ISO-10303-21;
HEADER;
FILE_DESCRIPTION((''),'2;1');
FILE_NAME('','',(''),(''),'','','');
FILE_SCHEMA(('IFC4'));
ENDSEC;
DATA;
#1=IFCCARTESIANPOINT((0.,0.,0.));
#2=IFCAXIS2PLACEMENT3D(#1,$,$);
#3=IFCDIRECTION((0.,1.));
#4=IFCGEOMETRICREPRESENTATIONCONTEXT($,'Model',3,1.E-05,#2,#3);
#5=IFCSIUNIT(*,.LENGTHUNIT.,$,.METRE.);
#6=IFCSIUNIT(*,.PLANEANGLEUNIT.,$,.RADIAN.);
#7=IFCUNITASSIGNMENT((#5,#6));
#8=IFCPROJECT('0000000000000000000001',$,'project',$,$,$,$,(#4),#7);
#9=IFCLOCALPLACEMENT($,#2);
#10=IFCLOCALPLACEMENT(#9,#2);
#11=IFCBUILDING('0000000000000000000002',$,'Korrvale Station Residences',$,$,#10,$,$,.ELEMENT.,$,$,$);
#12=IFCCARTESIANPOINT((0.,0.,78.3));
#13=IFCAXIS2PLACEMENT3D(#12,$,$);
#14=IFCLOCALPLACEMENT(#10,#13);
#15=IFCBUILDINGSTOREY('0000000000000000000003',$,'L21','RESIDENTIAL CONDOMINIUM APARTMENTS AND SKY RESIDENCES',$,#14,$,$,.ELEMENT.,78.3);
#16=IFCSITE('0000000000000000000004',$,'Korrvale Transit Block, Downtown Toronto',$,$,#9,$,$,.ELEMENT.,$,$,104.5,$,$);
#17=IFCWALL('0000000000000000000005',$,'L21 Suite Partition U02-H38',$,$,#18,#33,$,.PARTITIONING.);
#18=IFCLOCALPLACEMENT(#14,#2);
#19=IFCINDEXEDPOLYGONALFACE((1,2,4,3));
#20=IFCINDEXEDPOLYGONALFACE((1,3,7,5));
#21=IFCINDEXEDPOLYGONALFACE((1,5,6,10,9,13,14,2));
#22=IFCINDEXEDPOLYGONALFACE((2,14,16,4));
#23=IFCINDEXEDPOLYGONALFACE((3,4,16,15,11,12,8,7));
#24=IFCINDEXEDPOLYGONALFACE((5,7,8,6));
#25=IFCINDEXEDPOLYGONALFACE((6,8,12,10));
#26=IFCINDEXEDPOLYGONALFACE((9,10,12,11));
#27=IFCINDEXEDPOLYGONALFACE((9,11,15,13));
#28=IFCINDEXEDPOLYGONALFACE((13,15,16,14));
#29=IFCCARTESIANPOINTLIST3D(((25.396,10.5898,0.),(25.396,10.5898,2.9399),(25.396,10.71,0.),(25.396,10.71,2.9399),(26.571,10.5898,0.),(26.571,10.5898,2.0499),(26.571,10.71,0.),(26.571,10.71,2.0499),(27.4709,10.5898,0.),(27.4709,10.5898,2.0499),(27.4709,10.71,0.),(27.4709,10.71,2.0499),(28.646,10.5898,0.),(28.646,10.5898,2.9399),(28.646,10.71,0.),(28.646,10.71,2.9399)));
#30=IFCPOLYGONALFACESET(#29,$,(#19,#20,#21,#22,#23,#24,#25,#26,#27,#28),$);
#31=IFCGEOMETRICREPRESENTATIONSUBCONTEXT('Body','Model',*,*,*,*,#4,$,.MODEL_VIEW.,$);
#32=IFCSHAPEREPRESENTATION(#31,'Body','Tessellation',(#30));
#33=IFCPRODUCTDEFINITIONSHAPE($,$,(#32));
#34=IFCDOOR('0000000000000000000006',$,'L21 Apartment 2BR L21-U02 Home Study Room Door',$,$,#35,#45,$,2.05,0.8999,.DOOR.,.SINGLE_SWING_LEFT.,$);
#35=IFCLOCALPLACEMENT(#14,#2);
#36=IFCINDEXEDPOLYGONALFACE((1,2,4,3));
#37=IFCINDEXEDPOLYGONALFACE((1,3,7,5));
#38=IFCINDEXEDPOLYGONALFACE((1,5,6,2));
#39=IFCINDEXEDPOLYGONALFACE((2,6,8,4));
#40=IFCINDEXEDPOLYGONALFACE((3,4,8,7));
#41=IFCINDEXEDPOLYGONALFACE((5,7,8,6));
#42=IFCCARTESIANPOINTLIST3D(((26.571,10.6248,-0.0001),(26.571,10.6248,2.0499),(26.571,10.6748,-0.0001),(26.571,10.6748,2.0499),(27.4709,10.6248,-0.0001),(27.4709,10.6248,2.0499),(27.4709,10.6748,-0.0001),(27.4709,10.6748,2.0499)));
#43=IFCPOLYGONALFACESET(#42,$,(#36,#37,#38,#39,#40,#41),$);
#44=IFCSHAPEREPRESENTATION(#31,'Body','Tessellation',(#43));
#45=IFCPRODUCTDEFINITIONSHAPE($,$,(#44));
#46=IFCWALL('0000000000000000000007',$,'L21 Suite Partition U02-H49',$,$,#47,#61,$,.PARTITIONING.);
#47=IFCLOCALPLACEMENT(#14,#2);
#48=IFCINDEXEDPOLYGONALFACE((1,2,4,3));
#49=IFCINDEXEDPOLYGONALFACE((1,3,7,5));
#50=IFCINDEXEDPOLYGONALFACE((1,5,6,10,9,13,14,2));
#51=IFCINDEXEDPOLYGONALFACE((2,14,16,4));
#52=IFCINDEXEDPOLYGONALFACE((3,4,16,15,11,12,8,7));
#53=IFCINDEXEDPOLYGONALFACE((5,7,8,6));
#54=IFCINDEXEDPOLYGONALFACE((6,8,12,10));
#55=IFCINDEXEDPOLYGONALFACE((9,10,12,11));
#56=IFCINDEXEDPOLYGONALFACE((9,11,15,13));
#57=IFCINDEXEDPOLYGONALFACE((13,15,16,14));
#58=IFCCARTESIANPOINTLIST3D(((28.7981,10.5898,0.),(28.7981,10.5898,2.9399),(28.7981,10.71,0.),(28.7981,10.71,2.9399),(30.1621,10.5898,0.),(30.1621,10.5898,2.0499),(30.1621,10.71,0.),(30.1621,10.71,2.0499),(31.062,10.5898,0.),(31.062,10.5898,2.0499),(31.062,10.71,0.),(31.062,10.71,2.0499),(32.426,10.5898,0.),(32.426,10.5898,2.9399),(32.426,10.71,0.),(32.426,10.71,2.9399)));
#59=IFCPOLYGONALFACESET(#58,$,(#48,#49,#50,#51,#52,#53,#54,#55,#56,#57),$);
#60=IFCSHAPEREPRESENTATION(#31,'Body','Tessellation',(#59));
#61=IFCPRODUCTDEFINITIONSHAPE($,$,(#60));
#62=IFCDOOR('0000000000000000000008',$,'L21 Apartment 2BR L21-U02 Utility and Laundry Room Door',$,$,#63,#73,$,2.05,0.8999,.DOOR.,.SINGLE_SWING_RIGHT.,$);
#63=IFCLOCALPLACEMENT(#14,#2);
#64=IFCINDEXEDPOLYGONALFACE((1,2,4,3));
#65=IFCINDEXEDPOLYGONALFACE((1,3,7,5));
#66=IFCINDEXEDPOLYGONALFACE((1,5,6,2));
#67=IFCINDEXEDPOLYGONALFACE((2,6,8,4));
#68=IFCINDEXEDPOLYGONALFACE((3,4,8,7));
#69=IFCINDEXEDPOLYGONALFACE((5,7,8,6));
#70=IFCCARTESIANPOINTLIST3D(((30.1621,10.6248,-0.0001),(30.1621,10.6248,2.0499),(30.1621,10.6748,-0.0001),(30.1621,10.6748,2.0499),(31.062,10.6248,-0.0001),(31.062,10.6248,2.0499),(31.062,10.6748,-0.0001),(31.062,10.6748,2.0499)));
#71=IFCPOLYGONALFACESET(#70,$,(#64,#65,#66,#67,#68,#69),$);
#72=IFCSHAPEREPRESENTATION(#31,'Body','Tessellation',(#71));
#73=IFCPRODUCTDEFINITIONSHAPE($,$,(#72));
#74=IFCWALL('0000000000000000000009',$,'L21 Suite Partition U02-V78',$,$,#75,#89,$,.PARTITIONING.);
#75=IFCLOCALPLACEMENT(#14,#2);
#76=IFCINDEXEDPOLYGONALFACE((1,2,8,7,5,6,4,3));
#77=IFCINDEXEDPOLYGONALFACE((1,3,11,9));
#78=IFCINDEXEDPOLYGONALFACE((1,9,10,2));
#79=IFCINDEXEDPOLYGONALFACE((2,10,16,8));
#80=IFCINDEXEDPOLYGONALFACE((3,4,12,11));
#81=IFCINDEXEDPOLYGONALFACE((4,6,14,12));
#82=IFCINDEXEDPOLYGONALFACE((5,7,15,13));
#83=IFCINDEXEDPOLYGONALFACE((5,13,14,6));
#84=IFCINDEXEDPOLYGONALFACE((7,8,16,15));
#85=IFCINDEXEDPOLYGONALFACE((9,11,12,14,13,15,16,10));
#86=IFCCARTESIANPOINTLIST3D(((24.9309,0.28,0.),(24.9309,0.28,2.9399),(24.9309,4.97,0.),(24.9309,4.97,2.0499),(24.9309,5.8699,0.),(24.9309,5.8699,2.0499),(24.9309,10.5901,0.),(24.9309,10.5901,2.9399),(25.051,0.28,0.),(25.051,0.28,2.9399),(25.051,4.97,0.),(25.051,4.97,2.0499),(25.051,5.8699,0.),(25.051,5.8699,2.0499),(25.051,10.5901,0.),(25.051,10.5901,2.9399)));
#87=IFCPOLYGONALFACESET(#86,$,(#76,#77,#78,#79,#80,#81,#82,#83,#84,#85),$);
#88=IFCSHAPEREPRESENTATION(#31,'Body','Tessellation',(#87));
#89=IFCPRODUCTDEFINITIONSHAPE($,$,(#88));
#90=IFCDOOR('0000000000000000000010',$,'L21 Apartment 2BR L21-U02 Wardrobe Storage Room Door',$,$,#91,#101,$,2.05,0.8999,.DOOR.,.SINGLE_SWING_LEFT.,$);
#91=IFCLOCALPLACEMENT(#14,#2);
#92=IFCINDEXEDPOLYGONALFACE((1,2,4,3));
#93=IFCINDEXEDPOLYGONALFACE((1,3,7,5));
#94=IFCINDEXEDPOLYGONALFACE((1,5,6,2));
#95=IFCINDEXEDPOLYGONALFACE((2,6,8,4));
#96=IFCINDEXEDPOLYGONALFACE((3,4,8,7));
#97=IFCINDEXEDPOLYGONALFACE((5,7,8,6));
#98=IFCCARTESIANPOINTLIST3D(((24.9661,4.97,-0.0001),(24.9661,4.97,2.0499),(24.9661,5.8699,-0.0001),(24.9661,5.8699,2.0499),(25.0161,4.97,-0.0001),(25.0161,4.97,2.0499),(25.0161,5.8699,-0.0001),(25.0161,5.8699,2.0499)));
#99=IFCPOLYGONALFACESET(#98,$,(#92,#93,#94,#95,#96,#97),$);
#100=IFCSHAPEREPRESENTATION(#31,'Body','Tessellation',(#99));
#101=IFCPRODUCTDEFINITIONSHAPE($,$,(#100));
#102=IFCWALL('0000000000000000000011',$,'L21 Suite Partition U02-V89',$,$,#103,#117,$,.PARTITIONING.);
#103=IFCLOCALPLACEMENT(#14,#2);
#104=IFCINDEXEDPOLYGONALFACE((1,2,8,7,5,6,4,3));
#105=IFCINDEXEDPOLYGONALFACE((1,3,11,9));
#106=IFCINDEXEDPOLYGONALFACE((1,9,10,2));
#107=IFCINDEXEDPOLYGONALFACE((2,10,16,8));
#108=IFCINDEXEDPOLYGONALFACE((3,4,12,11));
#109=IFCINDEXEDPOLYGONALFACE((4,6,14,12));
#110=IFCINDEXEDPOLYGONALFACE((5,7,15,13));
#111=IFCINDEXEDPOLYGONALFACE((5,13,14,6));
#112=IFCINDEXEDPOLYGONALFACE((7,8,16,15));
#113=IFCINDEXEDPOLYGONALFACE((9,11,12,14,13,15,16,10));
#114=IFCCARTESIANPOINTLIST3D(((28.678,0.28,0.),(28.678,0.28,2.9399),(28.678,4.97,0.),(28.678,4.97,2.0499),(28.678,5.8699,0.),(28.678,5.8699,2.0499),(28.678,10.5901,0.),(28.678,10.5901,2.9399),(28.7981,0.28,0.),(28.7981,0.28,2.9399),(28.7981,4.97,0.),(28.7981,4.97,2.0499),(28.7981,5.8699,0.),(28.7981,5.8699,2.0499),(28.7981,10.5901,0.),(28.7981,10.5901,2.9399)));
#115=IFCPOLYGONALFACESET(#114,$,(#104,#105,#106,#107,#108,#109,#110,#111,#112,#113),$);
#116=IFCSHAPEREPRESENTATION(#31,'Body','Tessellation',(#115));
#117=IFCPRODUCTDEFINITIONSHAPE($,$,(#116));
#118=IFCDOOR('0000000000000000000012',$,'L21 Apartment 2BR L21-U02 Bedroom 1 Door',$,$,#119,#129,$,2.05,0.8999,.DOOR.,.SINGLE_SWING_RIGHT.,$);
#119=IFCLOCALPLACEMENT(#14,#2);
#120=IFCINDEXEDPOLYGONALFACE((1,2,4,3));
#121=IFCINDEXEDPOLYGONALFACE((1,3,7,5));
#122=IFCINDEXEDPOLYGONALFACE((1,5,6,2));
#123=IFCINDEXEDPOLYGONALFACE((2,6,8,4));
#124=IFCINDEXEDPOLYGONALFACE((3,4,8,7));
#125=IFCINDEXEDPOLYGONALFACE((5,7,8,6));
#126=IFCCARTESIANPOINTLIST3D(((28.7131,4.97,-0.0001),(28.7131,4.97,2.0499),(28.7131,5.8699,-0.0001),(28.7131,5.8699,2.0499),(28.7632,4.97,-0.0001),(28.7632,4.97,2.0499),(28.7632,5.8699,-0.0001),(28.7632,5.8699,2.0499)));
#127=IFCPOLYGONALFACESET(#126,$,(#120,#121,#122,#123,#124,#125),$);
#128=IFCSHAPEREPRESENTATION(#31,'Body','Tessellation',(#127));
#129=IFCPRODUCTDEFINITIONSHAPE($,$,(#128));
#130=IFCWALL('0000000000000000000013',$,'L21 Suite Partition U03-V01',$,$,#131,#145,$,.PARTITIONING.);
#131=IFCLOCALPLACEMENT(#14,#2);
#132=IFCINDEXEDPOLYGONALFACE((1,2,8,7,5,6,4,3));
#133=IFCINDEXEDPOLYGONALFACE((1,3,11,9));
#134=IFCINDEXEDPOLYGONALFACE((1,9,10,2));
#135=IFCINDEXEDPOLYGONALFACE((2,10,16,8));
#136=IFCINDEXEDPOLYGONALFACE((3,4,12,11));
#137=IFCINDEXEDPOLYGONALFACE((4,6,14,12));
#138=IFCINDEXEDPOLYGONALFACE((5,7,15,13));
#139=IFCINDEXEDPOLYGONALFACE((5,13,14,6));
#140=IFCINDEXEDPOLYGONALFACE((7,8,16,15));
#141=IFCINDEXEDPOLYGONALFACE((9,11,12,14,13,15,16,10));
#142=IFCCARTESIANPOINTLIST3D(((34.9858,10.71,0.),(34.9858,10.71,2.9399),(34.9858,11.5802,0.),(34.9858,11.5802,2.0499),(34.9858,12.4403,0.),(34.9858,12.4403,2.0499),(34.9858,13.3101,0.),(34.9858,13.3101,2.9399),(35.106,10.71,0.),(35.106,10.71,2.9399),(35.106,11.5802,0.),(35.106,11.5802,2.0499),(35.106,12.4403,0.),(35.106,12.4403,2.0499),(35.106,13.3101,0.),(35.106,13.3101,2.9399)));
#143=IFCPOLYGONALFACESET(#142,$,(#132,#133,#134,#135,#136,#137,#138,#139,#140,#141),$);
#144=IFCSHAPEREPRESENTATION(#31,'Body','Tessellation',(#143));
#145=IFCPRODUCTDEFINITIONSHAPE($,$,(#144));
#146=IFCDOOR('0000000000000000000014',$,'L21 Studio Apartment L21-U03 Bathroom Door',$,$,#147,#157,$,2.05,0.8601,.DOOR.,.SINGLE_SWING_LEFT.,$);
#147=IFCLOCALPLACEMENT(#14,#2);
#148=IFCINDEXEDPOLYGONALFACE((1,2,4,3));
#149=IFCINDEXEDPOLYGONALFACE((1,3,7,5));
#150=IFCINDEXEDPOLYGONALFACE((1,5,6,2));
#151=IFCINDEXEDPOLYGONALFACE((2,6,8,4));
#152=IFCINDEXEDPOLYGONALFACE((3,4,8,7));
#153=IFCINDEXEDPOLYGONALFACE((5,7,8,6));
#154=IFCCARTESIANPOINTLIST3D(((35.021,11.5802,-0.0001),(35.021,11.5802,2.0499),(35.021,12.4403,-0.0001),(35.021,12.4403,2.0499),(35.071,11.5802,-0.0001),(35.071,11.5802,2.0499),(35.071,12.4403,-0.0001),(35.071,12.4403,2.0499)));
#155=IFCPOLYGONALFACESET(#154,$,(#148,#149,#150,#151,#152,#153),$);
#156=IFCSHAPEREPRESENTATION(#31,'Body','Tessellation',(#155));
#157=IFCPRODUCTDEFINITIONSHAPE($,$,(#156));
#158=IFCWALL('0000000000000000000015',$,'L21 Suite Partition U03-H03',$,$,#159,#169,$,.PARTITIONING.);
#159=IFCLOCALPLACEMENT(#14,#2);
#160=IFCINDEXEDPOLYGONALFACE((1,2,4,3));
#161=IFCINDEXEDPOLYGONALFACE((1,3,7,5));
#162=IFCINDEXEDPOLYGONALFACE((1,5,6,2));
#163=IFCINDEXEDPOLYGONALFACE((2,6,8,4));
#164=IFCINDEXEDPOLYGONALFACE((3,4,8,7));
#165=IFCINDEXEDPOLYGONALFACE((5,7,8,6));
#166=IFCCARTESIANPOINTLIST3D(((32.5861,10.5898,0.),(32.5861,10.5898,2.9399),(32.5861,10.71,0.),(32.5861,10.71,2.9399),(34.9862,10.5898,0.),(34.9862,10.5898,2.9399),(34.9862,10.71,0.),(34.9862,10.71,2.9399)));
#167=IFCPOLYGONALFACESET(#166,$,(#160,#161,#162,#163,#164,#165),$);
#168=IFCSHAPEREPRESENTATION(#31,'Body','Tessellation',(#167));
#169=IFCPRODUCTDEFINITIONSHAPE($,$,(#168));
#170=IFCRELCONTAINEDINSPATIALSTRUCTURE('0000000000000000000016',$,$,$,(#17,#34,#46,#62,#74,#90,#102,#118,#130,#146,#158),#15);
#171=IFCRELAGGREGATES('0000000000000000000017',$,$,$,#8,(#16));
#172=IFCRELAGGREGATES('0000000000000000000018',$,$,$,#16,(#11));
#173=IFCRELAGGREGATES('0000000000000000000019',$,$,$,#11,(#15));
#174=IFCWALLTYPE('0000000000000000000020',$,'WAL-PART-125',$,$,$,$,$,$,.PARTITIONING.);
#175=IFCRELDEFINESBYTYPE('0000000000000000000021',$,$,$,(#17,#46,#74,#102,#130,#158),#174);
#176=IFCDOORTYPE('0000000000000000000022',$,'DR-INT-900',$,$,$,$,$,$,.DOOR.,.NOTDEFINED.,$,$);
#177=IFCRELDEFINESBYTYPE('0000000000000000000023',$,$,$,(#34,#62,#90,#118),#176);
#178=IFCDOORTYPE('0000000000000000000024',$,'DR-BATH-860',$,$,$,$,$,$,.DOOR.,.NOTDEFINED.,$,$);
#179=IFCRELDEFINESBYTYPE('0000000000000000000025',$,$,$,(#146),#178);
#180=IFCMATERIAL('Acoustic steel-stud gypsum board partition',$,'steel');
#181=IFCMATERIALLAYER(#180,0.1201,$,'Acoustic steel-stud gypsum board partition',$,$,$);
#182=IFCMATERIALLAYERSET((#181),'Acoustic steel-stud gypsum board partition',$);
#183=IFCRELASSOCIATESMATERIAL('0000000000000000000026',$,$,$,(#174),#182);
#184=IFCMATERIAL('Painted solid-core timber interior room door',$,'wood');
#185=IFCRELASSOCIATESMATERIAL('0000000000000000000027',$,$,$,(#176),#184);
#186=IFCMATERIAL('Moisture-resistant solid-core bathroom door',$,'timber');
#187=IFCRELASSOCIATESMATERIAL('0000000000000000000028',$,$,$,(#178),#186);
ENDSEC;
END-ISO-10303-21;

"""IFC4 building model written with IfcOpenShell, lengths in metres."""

from ifc_helpers import new_model, si_unit, direction, frame, frame_2d, origin, place, context, subcontext, project, spatial, rectangle, extrude, material, layer, layer_set, type_object, element, fill, save


model = new_model("IFC4")

# Units and contexts
model_context = context("Model", 3, precision=1e-05, world=origin(), true_north=direction((0.0, 1.0)))
body_context = subcontext(model_context, "Body", "Model", "MODEL_VIEW")
ifc_project = project(units=[si_unit("LENGTHUNIT", "METRE"), si_unit("PLANEANGLEUNIT", "RADIAN")], contexts=[model_context])

# Site, building, storey
site_placement = place(None, origin())
site = spatial("IfcSite", under=ifc_project, at=site_placement, Name="Korrvale Transit Block, Downtown Toronto", CompositionType="ELEMENT", RefElevation=104.5)
building_placement = place(site_placement, origin())
building = spatial("IfcBuilding", under=site, at=building_placement, Name="Korrvale Station Residences", CompositionType="ELEMENT")
storey_placement = place(building_placement, frame((0.0, 0.0, 78.3)))
storey = spatial("IfcBuildingStorey", under=building, at=storey_placement, Name="L21", Description="RESIDENTIAL CONDOMINIUM APARTMENTS AND SKY RESIDENCES", CompositionType="ELEMENT", Elevation=78.3)

# Walls, openings, doors
ifc_material_1 = material(Name="Acoustic steel-stud gypsum board partition", Category="steel")
ifc_layer_1 = layer(ifc_material_1, 0.1201, Name="Acoustic steel-stud gypsum board partition")
ifc_layer_set_1 = layer_set([ifc_layer_1], Name="Acoustic steel-stud gypsum board partition")
wall_type_1 = type_object("IfcWallType", Name="WAL-PART-125", PredefinedType="PARTITIONING", material=ifc_layer_set_1)
ifc_material_2 = material(Name="Painted solid-core timber interior room door", Category="wood")
door_type_1 = type_object("IfcDoorType", Name="DR-INT-900", OperationType="NOTDEFINED", PredefinedType="DOOR", material=ifc_material_2)
wall_1_placement = place(storey_placement, frame((25.396, 10.6499, 0.0), z_axis=(0.0, 0.0, 1.0), x_axis=(1.0, 0.0, 0.0)))
wall_1 = element("IfcWall", 1, at=wall_1_placement, inside=storey, type_object=wall_type_1, Name="L21 Suite Partition U02-H38", PredefinedType="PARTITIONING", context=body_context, shape_type="SweptSolid", body=[
    extrude(rectangle(XDim=3.25, YDim=0.1201, at=frame_2d((1.625, 0.0))), origin(), (0.0, 0.0, 1.0), 2.9399),
])
opening_1_placement = place(wall_1_placement, frame((1.175, 0.0, 0.0)))
opening_1 = element("IfcOpeningElement", 2, at=opening_1_placement, cuts=wall_1, PredefinedType="OPENING", context=body_context, shape_type="SweptSolid", body=[
    extrude(rectangle(XDim=0.8999, YDim=2.05, at=frame_2d((0.45, 1.0249))), frame((0.0, 0.0701, 0.0), z_axis=(0.0, -1.0, 0.0), x_axis=(1.0, 0.0, 0.0)), (0.0, 0.0, 1.0), 0.1401),
])
door_1_placement = place(opening_1_placement, origin())
door_1 = element("IfcDoor", 3, at=door_1_placement, inside=storey, type_object=door_type_1, Name="L21 Apartment 2BR L21-U02 Home Study Room Door", OperationType="SINGLE_SWING_LEFT", OverallHeight=2.05, OverallWidth=0.8999, PredefinedType="DOOR", context=body_context, shape_type="SweptSolid", body=[
    extrude(rectangle(XDim=0.8999, YDim=2.05, at=frame_2d((0.45, 1.0249))), frame((0.0, 0.0249, 0.0), z_axis=(0.0, -1.0, 0.0), x_axis=(1.0, 0.0, 0.0)), (0.0, 0.0, 1.0), 0.05),
])
fill(opening_1, door_1)
wall_2_placement = place(storey_placement, frame((28.7981, 10.6499, 0.0), z_axis=(0.0, 0.0, 1.0), x_axis=(1.0, 0.0, 0.0)))
wall_2 = element("IfcWall", 4, at=wall_2_placement, inside=storey, type_object=wall_type_1, Name="L21 Suite Partition U02-H49", PredefinedType="PARTITIONING", context=body_context, shape_type="SweptSolid", body=[
    extrude(rectangle(XDim=3.6279, YDim=0.1201, at=frame_2d((1.814, 0.0))), origin(), (0.0, 0.0, 1.0), 2.9399),
])
opening_2_placement = place(wall_2_placement, frame((1.364, 0.0, 0.0)))
opening_2 = element("IfcOpeningElement", 5, at=opening_2_placement, cuts=wall_2, PredefinedType="OPENING", context=body_context, shape_type="SweptSolid", body=[
    extrude(rectangle(XDim=0.8999, YDim=2.05, at=frame_2d((0.45, 1.0249))), frame((0.0, 0.0701, 0.0), z_axis=(0.0, -1.0, 0.0), x_axis=(1.0, 0.0, 0.0)), (0.0, 0.0, 1.0), 0.1401),
])
door_2_placement = place(opening_2_placement, origin())
door_2 = element("IfcDoor", 6, at=door_2_placement, inside=storey, type_object=door_type_1, Name="L21 Apartment 2BR L21-U02 Utility and Laundry Room Door", OperationType="SINGLE_SWING_RIGHT", OverallHeight=2.05, OverallWidth=0.8999, PredefinedType="DOOR", context=body_context, shape_type="SweptSolid", body=[
    extrude(rectangle(XDim=0.8999, YDim=2.05, at=frame_2d((0.45, 1.0249))), frame((0.0, 0.0249, 0.0), z_axis=(0.0, -1.0, 0.0), x_axis=(1.0, 0.0, 0.0)), (0.0, 0.0, 1.0), 0.05),
])
fill(opening_2, door_2)
wall_3_placement = place(storey_placement, frame((24.991, 0.28, 0.0), z_axis=(0.0, 0.0, 1.0), x_axis=(0.0, 1.0, 0.0)))
wall_3 = element("IfcWall", 7, at=wall_3_placement, inside=storey, type_object=wall_type_1, Name="L21 Suite Partition U02-V78", PredefinedType="PARTITIONING", context=body_context, shape_type="SweptSolid", body=[
    extrude(rectangle(XDim=10.3101, YDim=0.1201, at=frame_2d((5.155, 0.0))), origin(), (0.0, 0.0, 1.0), 2.9399),
])
opening_3_placement = place(wall_3_placement, frame((4.6899, 0.0, 0.0)))
opening_3 = element("IfcOpeningElement", 8, at=opening_3_placement, cuts=wall_3, PredefinedType="OPENING", context=body_context, shape_type="SweptSolid", body=[
    extrude(rectangle(XDim=0.8999, YDim=2.05, at=frame_2d((0.45, 1.0249))), frame((0.0, 0.0701, 0.0), z_axis=(0.0, -1.0, 0.0), x_axis=(1.0, 0.0, 0.0)), (0.0, 0.0, 1.0), 0.1401),
])
door_3_placement = place(opening_3_placement, origin())
door_3 = element("IfcDoor", 9, at=door_3_placement, inside=storey, type_object=door_type_1, Name="L21 Apartment 2BR L21-U02 Wardrobe Storage Room Door", OperationType="SINGLE_SWING_LEFT", OverallHeight=2.05, OverallWidth=0.8999, PredefinedType="DOOR", context=body_context, shape_type="SweptSolid", body=[
    extrude(rectangle(XDim=0.8999, YDim=2.05, at=frame_2d((0.45, 1.0249))), frame((0.0, 0.0249, 0.0), z_axis=(0.0, -1.0, 0.0), x_axis=(1.0, 0.0, 0.0)), (0.0, 0.0, 1.0), 0.05),
])
fill(opening_3, door_3)
wall_4_placement = place(storey_placement, frame((28.738, 0.28, 0.0), z_axis=(0.0, 0.0, 1.0), x_axis=(0.0, 1.0, 0.0)))
wall_4 = element("IfcWall", 10, at=wall_4_placement, inside=storey, type_object=wall_type_1, Name="L21 Suite Partition U02-V89", PredefinedType="PARTITIONING", context=body_context, shape_type="SweptSolid", body=[
    extrude(rectangle(XDim=10.3101, YDim=0.1201, at=frame_2d((5.155, 0.0))), origin(), (0.0, 0.0, 1.0), 2.9399),
])
opening_4_placement = place(wall_4_placement, frame((4.6899, 0.0, 0.0)))
opening_4 = element("IfcOpeningElement", 11, at=opening_4_placement, cuts=wall_4, PredefinedType="OPENING", context=body_context, shape_type="SweptSolid", body=[
    extrude(rectangle(XDim=0.8999, YDim=2.05, at=frame_2d((0.45, 1.0249))), frame((0.0, 0.0701, 0.0), z_axis=(0.0, -1.0, 0.0), x_axis=(1.0, 0.0, 0.0)), (0.0, 0.0, 1.0), 0.1401),
])
door_4_placement = place(opening_4_placement, origin())
door_4 = element("IfcDoor", 12, at=door_4_placement, inside=storey, type_object=door_type_1, Name="L21 Apartment 2BR L21-U02 Bedroom 1 Door", OperationType="SINGLE_SWING_RIGHT", OverallHeight=2.05, OverallWidth=0.8999, PredefinedType="DOOR", context=body_context, shape_type="SweptSolid", body=[
    extrude(rectangle(XDim=0.8999, YDim=2.05, at=frame_2d((0.45, 1.0249))), frame((0.0, 0.0249, 0.0), z_axis=(0.0, -1.0, 0.0), x_axis=(1.0, 0.0, 0.0)), (0.0, 0.0, 1.0), 0.05),
])
fill(opening_4, door_4)
wall_5_placement = place(storey_placement, frame((35.0459, 10.71, 0.0), z_axis=(0.0, 0.0, 1.0), x_axis=(0.0, 1.0, 0.0)))
wall_5 = element("IfcWall", 13, at=wall_5_placement, inside=storey, type_object=wall_type_1, Name="L21 Suite Partition U03-V01", PredefinedType="PARTITIONING", context=body_context, shape_type="SweptSolid", body=[
    extrude(rectangle(XDim=2.6001, YDim=0.1201, at=frame_2d((1.3, 0.0))), origin(), (0.0, 0.0, 1.0), 2.9399),
])
opening_5_placement = place(wall_5_placement, frame((0.8701, 0.0, 0.0)))
opening_5 = element("IfcOpeningElement", 14, at=opening_5_placement, cuts=wall_5, PredefinedType="OPENING", context=body_context, shape_type="SweptSolid", body=[
    extrude(rectangle(XDim=0.8601, YDim=2.05, at=frame_2d((0.4302, 1.0249))), frame((0.0, 0.0701, 0.0), z_axis=(0.0, -1.0, 0.0), x_axis=(1.0, 0.0, 0.0)), (0.0, 0.0, 1.0), 0.1401),
])
ifc_material_3 = material(Name="Moisture-resistant solid-core bathroom door", Category="timber")
door_type_2 = type_object("IfcDoorType", Name="DR-BATH-860", OperationType="NOTDEFINED", PredefinedType="DOOR", material=ifc_material_3)
door_5_placement = place(opening_5_placement, origin())
door_5 = element("IfcDoor", 15, at=door_5_placement, inside=storey, type_object=door_type_2, Name="L21 Studio Apartment L21-U03 Bathroom Door", OperationType="SINGLE_SWING_LEFT", OverallHeight=2.05, OverallWidth=0.8601, PredefinedType="DOOR", context=body_context, shape_type="SweptSolid", body=[
    extrude(rectangle(XDim=0.8601, YDim=2.05, at=frame_2d((0.4302, 1.0249))), frame((0.0, 0.0249, 0.0), z_axis=(0.0, -1.0, 0.0), x_axis=(1.0, 0.0, 0.0)), (0.0, 0.0, 1.0), 0.05),
])
fill(opening_5, door_5)

# Wall
wall_6_placement = place(storey_placement, frame((32.5859, 10.6499, 0.0), z_axis=(0.0, 0.0, 1.0), x_axis=(1.0, 0.0, 0.0)))
element("IfcWall", 16, at=wall_6_placement, inside=storey, type_object=wall_type_1, Name="L21 Suite Partition U03-H03", PredefinedType="PARTITIONING", context=body_context, shape_type="SweptSolid", body=[
    extrude(rectangle(XDim=2.4001, YDim=0.1201, at=frame_2d((1.2002, 0.0))), origin(), (0.0, 0.0, 1.0), 2.9399),
])

save(model, "model.ifc")
